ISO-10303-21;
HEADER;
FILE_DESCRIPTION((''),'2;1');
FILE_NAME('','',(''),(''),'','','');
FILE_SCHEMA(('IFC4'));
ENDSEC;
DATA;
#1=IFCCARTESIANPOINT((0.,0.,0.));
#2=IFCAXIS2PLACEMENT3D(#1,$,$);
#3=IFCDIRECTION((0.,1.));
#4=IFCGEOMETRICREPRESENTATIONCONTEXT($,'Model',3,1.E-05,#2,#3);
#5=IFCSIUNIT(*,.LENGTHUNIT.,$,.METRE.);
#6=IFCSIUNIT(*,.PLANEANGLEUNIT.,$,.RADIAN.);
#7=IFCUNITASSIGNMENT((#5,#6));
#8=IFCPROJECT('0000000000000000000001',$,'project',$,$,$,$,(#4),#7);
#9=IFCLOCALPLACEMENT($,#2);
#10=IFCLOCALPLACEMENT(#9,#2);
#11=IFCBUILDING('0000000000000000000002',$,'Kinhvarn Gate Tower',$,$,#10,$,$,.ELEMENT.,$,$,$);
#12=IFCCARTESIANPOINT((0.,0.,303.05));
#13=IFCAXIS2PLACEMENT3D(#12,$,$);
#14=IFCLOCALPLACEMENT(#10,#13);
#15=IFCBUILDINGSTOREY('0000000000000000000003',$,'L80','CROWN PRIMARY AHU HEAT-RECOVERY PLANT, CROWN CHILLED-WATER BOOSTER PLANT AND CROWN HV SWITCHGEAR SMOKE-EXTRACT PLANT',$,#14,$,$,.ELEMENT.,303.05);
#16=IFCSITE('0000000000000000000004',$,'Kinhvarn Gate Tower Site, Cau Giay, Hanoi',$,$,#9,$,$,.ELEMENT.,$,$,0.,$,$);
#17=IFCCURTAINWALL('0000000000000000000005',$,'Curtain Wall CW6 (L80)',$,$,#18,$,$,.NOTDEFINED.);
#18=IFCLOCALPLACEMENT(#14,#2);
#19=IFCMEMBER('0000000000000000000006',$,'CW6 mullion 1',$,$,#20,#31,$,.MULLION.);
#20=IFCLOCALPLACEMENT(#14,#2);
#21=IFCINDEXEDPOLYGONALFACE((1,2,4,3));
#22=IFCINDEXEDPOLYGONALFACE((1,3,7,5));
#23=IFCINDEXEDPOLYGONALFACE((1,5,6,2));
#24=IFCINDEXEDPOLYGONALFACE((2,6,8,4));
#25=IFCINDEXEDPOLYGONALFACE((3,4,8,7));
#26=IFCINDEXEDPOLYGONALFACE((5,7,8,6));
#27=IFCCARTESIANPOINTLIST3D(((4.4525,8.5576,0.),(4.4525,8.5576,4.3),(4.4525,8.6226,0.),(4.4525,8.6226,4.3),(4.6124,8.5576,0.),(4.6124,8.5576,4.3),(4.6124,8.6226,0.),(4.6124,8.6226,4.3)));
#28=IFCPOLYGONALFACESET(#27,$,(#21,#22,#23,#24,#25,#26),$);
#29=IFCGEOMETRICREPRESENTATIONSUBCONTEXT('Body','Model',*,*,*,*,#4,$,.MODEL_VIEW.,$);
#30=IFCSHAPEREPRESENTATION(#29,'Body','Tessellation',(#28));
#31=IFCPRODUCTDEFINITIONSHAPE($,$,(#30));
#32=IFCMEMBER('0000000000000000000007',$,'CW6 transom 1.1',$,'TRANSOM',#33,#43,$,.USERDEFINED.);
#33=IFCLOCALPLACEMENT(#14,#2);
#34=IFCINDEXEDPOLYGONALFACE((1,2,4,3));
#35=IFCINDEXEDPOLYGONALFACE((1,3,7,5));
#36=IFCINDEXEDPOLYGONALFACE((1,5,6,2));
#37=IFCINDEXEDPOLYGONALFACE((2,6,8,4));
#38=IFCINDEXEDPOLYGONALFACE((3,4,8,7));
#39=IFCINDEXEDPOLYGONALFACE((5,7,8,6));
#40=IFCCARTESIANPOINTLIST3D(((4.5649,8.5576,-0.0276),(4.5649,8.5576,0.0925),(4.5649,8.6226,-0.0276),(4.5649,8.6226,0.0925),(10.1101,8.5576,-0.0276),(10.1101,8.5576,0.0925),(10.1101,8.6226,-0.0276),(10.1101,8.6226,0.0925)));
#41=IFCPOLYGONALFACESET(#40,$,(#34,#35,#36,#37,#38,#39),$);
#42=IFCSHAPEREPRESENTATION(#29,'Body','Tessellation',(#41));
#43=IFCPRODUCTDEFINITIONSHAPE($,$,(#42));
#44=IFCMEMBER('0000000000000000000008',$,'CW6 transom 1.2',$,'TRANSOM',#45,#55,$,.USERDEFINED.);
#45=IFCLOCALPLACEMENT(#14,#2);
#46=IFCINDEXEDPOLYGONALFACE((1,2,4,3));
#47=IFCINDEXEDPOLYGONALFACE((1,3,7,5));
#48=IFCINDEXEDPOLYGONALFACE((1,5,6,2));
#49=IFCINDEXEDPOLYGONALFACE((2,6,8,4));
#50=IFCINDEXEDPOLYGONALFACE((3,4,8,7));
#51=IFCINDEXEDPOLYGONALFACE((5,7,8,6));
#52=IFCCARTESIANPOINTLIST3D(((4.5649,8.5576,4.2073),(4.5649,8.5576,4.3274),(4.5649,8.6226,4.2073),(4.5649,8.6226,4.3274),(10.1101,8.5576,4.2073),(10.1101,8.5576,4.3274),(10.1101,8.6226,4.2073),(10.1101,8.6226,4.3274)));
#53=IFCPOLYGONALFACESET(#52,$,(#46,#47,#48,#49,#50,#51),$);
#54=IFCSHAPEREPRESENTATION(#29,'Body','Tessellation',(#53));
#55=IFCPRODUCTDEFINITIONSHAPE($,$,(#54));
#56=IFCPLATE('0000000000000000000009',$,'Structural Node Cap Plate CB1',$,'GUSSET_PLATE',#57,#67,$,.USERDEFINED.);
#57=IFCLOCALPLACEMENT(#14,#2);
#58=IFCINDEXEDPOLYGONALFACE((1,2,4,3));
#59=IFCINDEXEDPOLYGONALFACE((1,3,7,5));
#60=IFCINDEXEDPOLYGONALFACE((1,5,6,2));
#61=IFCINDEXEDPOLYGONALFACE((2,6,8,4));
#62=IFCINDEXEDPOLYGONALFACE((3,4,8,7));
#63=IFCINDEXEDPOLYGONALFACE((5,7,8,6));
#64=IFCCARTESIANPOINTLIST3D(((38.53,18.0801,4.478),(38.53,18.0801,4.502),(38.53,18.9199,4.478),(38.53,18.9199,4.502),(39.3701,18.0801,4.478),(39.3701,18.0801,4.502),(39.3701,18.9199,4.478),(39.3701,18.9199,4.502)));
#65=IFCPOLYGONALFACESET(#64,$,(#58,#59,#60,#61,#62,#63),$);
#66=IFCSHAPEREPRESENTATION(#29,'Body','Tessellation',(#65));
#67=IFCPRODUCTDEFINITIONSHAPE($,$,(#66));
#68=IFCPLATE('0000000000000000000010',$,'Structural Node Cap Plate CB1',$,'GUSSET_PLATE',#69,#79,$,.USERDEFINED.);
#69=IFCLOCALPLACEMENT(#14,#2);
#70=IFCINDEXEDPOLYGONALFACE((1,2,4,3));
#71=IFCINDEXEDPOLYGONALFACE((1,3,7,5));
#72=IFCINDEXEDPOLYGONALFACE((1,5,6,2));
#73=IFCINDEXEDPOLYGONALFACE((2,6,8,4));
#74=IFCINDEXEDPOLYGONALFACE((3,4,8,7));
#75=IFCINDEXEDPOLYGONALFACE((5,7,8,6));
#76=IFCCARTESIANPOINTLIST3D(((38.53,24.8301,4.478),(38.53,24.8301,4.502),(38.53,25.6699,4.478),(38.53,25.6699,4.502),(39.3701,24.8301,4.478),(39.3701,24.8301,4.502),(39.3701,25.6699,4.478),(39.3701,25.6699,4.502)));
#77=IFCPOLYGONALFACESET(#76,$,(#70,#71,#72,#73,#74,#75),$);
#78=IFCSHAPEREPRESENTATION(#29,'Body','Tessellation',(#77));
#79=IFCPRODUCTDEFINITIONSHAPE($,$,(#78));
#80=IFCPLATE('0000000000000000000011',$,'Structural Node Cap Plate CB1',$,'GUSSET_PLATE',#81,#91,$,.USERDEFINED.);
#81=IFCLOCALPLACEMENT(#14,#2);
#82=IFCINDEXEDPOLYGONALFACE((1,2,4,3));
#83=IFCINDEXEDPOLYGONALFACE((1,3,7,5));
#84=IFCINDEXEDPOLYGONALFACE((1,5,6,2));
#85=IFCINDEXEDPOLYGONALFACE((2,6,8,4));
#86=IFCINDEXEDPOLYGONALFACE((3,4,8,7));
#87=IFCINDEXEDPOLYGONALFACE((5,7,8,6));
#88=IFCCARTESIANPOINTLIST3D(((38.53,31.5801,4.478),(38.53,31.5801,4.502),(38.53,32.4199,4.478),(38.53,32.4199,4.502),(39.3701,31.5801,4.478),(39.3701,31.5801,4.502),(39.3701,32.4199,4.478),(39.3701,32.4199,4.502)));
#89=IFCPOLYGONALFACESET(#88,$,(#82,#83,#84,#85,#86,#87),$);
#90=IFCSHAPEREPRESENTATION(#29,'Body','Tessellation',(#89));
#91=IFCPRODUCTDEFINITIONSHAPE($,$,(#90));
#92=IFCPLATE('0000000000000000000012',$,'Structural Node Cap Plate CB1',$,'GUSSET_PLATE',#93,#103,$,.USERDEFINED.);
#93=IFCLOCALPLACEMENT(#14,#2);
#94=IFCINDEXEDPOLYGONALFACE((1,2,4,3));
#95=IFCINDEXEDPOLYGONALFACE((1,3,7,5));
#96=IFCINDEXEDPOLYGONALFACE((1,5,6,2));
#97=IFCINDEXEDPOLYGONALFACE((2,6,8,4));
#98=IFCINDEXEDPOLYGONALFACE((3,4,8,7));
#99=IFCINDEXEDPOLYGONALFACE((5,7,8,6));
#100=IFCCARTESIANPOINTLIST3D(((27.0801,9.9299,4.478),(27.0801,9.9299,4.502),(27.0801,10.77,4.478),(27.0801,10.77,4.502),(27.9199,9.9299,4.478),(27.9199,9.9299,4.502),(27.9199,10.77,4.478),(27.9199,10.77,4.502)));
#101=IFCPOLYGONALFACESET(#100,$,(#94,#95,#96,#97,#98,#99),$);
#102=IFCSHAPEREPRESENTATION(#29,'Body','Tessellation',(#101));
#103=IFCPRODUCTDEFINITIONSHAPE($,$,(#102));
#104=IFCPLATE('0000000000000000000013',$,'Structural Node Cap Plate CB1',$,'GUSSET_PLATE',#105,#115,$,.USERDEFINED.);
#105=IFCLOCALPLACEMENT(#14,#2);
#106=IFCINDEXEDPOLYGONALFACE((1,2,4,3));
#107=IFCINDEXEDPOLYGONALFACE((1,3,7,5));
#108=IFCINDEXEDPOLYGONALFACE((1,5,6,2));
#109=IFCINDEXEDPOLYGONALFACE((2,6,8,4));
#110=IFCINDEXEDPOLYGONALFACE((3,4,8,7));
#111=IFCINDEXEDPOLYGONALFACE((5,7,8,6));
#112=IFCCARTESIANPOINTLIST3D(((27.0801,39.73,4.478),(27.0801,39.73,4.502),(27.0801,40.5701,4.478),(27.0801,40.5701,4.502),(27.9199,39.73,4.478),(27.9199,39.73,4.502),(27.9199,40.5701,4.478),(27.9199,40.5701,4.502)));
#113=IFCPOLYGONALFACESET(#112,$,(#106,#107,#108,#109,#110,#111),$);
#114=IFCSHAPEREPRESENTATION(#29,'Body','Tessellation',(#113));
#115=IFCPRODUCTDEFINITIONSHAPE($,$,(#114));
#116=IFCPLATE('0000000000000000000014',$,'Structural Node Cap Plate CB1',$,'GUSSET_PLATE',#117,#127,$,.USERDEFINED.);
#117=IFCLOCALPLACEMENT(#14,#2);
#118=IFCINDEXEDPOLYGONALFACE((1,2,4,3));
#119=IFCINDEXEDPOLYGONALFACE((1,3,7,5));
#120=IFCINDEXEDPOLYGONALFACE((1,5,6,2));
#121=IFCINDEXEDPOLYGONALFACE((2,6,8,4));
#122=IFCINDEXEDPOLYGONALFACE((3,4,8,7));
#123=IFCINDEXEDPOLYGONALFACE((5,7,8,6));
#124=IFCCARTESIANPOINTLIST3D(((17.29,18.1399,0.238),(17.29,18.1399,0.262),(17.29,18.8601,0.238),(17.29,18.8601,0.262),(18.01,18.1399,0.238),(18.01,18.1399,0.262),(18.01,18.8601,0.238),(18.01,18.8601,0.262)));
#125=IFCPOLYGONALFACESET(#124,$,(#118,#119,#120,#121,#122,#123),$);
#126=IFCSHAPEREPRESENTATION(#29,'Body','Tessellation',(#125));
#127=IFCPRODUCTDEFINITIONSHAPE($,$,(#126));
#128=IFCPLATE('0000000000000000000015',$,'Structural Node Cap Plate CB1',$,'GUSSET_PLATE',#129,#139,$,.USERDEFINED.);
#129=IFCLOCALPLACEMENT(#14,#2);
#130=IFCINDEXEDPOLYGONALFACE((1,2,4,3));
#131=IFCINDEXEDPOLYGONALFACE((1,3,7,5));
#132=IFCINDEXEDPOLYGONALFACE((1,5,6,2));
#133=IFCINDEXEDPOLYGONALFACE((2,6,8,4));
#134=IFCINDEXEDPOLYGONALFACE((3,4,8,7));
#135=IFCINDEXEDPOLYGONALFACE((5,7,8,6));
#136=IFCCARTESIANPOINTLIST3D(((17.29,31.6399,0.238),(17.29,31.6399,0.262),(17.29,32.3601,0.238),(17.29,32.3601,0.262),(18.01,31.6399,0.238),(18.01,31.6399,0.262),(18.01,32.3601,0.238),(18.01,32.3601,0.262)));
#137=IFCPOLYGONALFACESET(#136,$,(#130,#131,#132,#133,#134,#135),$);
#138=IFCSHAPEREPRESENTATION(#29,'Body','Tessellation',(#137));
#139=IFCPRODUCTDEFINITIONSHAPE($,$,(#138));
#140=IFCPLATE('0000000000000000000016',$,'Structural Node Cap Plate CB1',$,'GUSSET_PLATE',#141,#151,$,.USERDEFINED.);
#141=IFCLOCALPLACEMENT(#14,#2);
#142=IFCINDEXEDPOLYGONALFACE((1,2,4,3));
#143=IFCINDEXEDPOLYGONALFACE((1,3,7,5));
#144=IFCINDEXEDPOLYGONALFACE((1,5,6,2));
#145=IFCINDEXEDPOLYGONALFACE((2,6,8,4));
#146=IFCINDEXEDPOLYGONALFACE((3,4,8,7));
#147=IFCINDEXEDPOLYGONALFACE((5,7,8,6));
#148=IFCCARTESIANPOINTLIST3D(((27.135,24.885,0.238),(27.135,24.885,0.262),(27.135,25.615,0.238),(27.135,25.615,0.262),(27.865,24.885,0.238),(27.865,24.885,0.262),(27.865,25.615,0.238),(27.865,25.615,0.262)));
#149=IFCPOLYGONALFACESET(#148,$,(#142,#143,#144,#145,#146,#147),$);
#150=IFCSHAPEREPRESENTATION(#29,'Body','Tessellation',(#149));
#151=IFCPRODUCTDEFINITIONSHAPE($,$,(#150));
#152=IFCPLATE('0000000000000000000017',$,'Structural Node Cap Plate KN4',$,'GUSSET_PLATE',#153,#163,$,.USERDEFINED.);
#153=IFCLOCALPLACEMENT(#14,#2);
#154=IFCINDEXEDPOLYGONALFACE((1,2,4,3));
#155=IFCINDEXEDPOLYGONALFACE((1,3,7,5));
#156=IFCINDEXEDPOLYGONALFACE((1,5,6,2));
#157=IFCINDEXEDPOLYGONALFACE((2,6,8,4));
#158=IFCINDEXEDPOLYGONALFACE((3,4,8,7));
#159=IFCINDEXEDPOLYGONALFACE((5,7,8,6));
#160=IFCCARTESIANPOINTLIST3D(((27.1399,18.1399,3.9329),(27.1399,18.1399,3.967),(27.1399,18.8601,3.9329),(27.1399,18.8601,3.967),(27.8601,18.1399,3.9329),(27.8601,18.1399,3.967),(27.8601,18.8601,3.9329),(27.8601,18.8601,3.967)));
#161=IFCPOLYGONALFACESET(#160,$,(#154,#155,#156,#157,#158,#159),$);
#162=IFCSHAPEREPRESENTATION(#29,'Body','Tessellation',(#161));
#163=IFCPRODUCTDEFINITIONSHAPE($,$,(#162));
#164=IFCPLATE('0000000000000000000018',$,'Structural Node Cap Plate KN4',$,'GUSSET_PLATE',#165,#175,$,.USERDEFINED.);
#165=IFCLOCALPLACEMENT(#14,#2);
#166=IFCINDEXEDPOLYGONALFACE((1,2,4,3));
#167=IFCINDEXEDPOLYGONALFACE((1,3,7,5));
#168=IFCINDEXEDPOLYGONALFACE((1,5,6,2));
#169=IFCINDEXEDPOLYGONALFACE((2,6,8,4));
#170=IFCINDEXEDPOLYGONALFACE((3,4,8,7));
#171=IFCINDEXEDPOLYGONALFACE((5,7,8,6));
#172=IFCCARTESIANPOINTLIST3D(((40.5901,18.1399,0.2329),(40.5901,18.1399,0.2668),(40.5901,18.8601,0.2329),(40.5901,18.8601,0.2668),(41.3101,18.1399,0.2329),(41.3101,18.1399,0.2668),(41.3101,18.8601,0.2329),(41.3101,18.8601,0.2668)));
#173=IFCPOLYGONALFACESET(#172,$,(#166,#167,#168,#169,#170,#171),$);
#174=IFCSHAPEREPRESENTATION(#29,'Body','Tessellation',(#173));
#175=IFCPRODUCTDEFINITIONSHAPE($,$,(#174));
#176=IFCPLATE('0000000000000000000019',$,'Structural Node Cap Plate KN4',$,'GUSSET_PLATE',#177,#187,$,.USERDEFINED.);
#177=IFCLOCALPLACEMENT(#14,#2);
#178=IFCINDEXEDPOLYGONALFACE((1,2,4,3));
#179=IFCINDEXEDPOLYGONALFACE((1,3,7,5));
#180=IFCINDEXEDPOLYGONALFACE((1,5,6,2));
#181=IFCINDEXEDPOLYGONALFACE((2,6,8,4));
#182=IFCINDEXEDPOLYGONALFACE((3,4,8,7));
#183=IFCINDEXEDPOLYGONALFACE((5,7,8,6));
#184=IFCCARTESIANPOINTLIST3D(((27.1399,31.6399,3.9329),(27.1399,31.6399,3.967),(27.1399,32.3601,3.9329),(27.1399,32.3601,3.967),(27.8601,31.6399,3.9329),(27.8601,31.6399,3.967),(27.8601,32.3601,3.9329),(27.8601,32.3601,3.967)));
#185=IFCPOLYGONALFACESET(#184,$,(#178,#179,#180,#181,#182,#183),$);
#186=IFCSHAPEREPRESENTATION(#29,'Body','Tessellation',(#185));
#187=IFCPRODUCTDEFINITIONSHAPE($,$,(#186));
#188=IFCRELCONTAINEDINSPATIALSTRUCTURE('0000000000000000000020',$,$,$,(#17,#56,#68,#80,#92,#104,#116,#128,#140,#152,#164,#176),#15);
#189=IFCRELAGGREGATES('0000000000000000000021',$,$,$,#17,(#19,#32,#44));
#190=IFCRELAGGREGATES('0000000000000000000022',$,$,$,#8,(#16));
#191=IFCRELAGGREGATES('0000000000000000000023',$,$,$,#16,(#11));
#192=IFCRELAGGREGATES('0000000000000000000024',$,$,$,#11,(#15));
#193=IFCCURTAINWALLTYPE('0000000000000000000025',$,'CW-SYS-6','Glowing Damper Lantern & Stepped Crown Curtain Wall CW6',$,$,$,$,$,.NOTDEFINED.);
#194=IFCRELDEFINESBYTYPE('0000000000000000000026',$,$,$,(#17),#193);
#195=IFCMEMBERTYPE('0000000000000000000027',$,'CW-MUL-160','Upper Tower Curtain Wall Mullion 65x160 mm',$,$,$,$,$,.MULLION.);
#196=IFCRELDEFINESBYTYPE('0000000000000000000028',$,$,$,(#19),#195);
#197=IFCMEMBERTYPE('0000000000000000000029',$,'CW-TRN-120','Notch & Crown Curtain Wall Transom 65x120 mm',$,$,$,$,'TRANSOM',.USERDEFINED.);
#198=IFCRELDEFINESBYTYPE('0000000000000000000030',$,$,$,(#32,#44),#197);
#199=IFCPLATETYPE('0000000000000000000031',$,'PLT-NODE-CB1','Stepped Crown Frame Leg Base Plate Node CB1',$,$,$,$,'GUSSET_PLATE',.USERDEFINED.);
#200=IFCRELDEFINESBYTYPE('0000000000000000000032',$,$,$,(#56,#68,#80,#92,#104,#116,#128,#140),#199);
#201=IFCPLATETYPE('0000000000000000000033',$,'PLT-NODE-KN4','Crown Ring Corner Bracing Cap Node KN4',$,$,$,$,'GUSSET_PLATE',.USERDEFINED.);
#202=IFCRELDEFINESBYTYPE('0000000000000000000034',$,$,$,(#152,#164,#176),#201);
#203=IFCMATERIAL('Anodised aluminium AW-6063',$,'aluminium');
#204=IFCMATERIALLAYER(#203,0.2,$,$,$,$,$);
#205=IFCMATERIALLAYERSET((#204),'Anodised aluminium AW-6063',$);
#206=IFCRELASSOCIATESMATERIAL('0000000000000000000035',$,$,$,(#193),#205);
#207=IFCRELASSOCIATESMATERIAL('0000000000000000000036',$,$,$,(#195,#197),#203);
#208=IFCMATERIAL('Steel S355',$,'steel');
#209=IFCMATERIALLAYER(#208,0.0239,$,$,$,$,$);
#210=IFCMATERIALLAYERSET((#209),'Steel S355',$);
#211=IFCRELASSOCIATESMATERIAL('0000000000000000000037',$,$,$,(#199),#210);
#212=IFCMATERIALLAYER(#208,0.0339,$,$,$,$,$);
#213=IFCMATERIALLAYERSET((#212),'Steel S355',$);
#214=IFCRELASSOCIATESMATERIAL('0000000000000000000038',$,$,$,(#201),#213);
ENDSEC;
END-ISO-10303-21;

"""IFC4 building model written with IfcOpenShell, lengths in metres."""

from ifc_helpers import new_model, si_unit, direction, frame, origin, origin_2d, place, context, subcontext, project, spatial, polyline, rectangle, outline, extrude, material, layer, layer_set, material_profile, profile_set, type_object, element, aggregate, save


model = new_model("IFC4")

# Units and contexts
model_context = context("Model", 3, precision=1e-05, world=origin(), true_north=direction((0.0, 1.0)))
body_context = subcontext(model_context, "Body", "Model", "MODEL_VIEW")
ifc_project = project(units=[si_unit("LENGTHUNIT", "METRE"), si_unit("PLANEANGLEUNIT", "RADIAN")], contexts=[model_context])

# Site, building, storey
site_placement = place(None, origin())
site = spatial("IfcSite", under=ifc_project, at=site_placement, Name="Kinhvarn Gate Tower Site, Cau Giay, Hanoi", CompositionType="ELEMENT", RefElevation=0.0)
building_placement = place(site_placement, origin())
building = spatial("IfcBuilding", under=site, at=building_placement, Name="Kinhvarn Gate Tower", CompositionType="ELEMENT")
storey_placement = place(building_placement, frame((0.0, 0.0, 303.05)))
storey = spatial("IfcBuildingStorey", under=building, at=storey_placement, Name="L80", Description="CROWN PRIMARY AHU HEAT-RECOVERY PLANT, CROWN CHILLED-WATER BOOSTER PLANT AND CROWN HV SWITCHGEAR SMOKE-EXTRACT PLANT", CompositionType="ELEMENT", Elevation=303.05)

# Curtain wall, members
ifc_material_1 = material(Name="Anodised aluminium AW-6063", Category="aluminium")
ifc_layer_1 = layer(ifc_material_1, 0.2)
ifc_layer_set_1 = layer_set([ifc_layer_1], Name="Anodised aluminium AW-6063")
curtain_wall_type = type_object("IfcCurtainWallType", Name="CW-SYS-6", Description="Glowing Damper Lantern & Stepped Crown Curtain Wall CW6", PredefinedType="NOTDEFINED", material=ifc_layer_set_1)
curtain_wall_placement = place(storey_placement, origin())
curtain_wall = element("IfcCurtainWall", 1, at=curtain_wall_placement, inside=storey, type_object=curtain_wall_type, Name="Curtain Wall CW6 (L80)", PredefinedType="NOTDEFINED")
ifc_material_profile_1 = material_profile(ifc_material_1, rectangle(XDim=0.0649, YDim=0.1599, at=origin_2d()), Name="ALU 65x160")
ifc_profile_set_1 = profile_set([ifc_material_profile_1], Name="Anodised aluminium AW-6063")
member_type_1 = type_object("IfcMemberType", Name="CW-MUL-160", Description="Upper Tower Curtain Wall Mullion 65x160 mm", PredefinedType="MULLION", material=ifc_profile_set_1)
member_1_placement = place(storey_placement, frame((4.5325, 8.5901, 0.0), z_axis=(0.0, 0.0, 1.0), x_axis=(0.0, 1.0, 0.0)))
member_1 = element("IfcMember", 2, at=member_1_placement, type_object=member_type_1, Name="CW6 mullion 1", PredefinedType="MULLION", context=body_context, shape_type="SweptSolid", body=[
    extrude(rectangle(XDim=0.0649, YDim=0.1599, at=origin_2d()), origin(), (0.0, 0.0, 1.0), 4.3),
])
ifc_material_profile_2 = material_profile(ifc_material_1, rectangle(XDim=0.0649, YDim=0.1201, at=origin_2d()), Name="ALU 65x120")
ifc_profile_set_2 = profile_set([ifc_material_profile_2], Name="Anodised aluminium AW-6063")
member_type_2 = type_object("IfcMemberType", Name="CW-TRN-120", Description="Notch & Crown Curtain Wall Transom 65x120 mm", ElementType="TRANSOM", PredefinedType="USERDEFINED", material=ifc_profile_set_2)
member_2_placement = place(storey_placement, frame((4.5649, 8.5901, 0.0325), z_axis=(1.0, 0.0, 0.0), x_axis=(0.0, 1.0, 0.0)))
member_2 = element("IfcMember", 3, at=member_2_placement, type_object=member_type_2, Name="CW6 transom 1.1", ObjectType="TRANSOM", PredefinedType="USERDEFINED", context=body_context, shape_type="SweptSolid", body=[
    extrude(rectangle(XDim=0.0649, YDim=0.1201, at=origin_2d()), origin(), (0.0, 0.0, 1.0), 5.5452),
])
member_3_placement = place(storey_placement, frame((4.5649, 8.5901, 4.2673), z_axis=(1.0, 0.0, 0.0), x_axis=(0.0, 1.0, 0.0)))
member_3 = element("IfcMember", 4, at=member_3_placement, type_object=member_type_2, Name="CW6 transom 1.2", ObjectType="TRANSOM", PredefinedType="USERDEFINED", context=body_context, shape_type="SweptSolid", body=[
    extrude(rectangle(XDim=0.0649, YDim=0.1201, at=origin_2d()), origin(), (0.0, 0.0, 1.0), 5.5452),
])
aggregate(curtain_wall, [member_1, member_2, member_3])

# Plates
ifc_material_2 = material(Name="Steel S355", Category="steel")
ifc_layer_2 = layer(ifc_material_2, 0.0239)
ifc_layer_set_2 = layer_set([ifc_layer_2], Name="Steel S355")
plate_type_1 = type_object("IfcPlateType", Name="PLT-NODE-CB1", Description="Stepped Crown Frame Leg Base Plate Node CB1", ElementType="GUSSET_PLATE", PredefinedType="USERDEFINED", material=ifc_layer_set_2)
plate_1_placement = place(storey_placement, frame((0.0, 0.0, 4.478)))
element("IfcPlate", 5, at=plate_1_placement, inside=storey, type_object=plate_type_1, Name="Structural Node Cap Plate CB1", ObjectType="GUSSET_PLATE", PredefinedType="USERDEFINED", context=body_context, shape_type="SweptSolid", body=[
    extrude(outline(polyline([(38.53, 18.0801), (39.3701, 18.0801), (39.3701, 18.9199), (38.53, 18.9199), (38.53, 18.0801)])), origin(), (0.0, 0.0, 1.0), 0.0239),
])
plate_2_placement = place(storey_placement, frame((0.0, 0.0, 4.478)))
element("IfcPlate", 6, at=plate_2_placement, inside=storey, type_object=plate_type_1, Name="Structural Node Cap Plate CB1", ObjectType="GUSSET_PLATE", PredefinedType="USERDEFINED", context=body_context, shape_type="SweptSolid", body=[
    extrude(outline(polyline([(38.53, 24.8301), (39.3701, 24.8301), (39.3701, 25.6699), (38.53, 25.6699), (38.53, 24.8301)])), origin(), (0.0, 0.0, 1.0), 0.0239),
])
plate_3_placement = place(storey_placement, frame((0.0, 0.0, 4.478)))
element("IfcPlate", 7, at=plate_3_placement, inside=storey, type_object=plate_type_1, Name="Structural Node Cap Plate CB1", ObjectType="GUSSET_PLATE", PredefinedType="USERDEFINED", context=body_context, shape_type="SweptSolid", body=[
    extrude(outline(polyline([(38.53, 31.5801), (39.3701, 31.5801), (39.3701, 32.4199), (38.53, 32.4199), (38.53, 31.5801)])), origin(), (0.0, 0.0, 1.0), 0.0239),
])
plate_4_placement = place(storey_placement, frame((0.0, 0.0, 4.478)))
element("IfcPlate", 8, at=plate_4_placement, inside=storey, type_object=plate_type_1, Name="Structural Node Cap Plate CB1", ObjectType="GUSSET_PLATE", PredefinedType="USERDEFINED", context=body_context, shape_type="SweptSolid", body=[
    extrude(outline(polyline([(27.0801, 9.9299), (27.9199, 9.9299), (27.9199, 10.77), (27.0801, 10.77), (27.0801, 9.9299)])), origin(), (0.0, 0.0, 1.0), 0.0239),
])
plate_5_placement = place(storey_placement, frame((0.0, 0.0, 4.478)))
element("IfcPlate", 9, at=plate_5_placement, inside=storey, type_object=plate_type_1, Name="Structural Node Cap Plate CB1", ObjectType="GUSSET_PLATE", PredefinedType="USERDEFINED", context=body_context, shape_type="SweptSolid", body=[
    extrude(outline(polyline([(27.0801, 39.73), (27.9199, 39.73), (27.9199, 40.5701), (27.0801, 40.5701), (27.0801, 39.73)])), origin(), (0.0, 0.0, 1.0), 0.0239),
])
plate_6_placement = place(storey_placement, frame((0.0, 0.0, 0.238)))
element("IfcPlate", 10, at=plate_6_placement, inside=storey, type_object=plate_type_1, Name="Structural Node Cap Plate CB1", ObjectType="GUSSET_PLATE", PredefinedType="USERDEFINED", context=body_context, shape_type="SweptSolid", body=[
    extrude(outline(polyline([(17.29, 18.1399), (18.01, 18.1399), (18.01, 18.8601), (17.29, 18.8601), (17.29, 18.1399)])), origin(), (0.0, 0.0, 1.0), 0.0239),
])
plate_7_placement = place(storey_placement, frame((0.0, 0.0, 0.238)))
element("IfcPlate", 11, at=plate_7_placement, inside=storey, type_object=plate_type_1, Name="Structural Node Cap Plate CB1", ObjectType="GUSSET_PLATE", PredefinedType="USERDEFINED", context=body_context, shape_type="SweptSolid", body=[
    extrude(outline(polyline([(17.29, 31.6399), (18.01, 31.6399), (18.01, 32.3601), (17.29, 32.3601), (17.29, 31.6399)])), origin(), (0.0, 0.0, 1.0), 0.0239),
])
plate_8_placement = place(storey_placement, frame((0.0, 0.0, 0.238)))
element("IfcPlate", 12, at=plate_8_placement, inside=storey, type_object=plate_type_1, Name="Structural Node Cap Plate CB1", ObjectType="GUSSET_PLATE", PredefinedType="USERDEFINED", context=body_context, shape_type="SweptSolid", body=[
    extrude(outline(polyline([(27.135, 24.885), (27.865, 24.885), (27.865, 25.615), (27.135, 25.615), (27.135, 24.885)])), origin(), (0.0, 0.0, 1.0), 0.0239),
])
ifc_layer_3 = layer(ifc_material_2, 0.0339)
ifc_layer_set_3 = layer_set([ifc_layer_3], Name="Steel S355")
plate_type_2 = type_object("IfcPlateType", Name="PLT-NODE-KN4", Description="Crown Ring Corner Bracing Cap Node KN4", ElementType="GUSSET_PLATE", PredefinedType="USERDEFINED", material=ifc_layer_set_3)
plate_9_placement = place(storey_placement, frame((0.0, 0.0, 3.9329)))
element("IfcPlate", 13, at=plate_9_placement, inside=storey, type_object=plate_type_2, Name="Structural Node Cap Plate KN4", ObjectType="GUSSET_PLATE", PredefinedType="USERDEFINED", context=body_context, shape_type="SweptSolid", body=[
    extrude(outline(polyline([(27.1399, 18.1399), (27.8601, 18.1399), (27.8601, 18.8601), (27.1399, 18.8601), (27.1399, 18.1399)])), origin(), (0.0, 0.0, 1.0), 0.0342),
])
plate_10_placement = place(storey_placement, frame((0.0, 0.0, 0.2329)))
element("IfcPlate", 14, at=plate_10_placement, inside=storey, type_object=plate_type_2, Name="Structural Node Cap Plate KN4", ObjectType="GUSSET_PLATE", PredefinedType="USERDEFINED", context=body_context, shape_type="SweptSolid", body=[
    extrude(outline(polyline([(40.5901, 18.1399), (41.3101, 18.1399), (41.3101, 18.8601), (40.5901, 18.8601), (40.5901, 18.1399)])), origin(), (0.0, 0.0, 1.0), 0.0339),
])
plate_11_placement = place(storey_placement, frame((0.0, 0.0, 3.9329)))
element("IfcPlate", 15, at=plate_11_placement, inside=storey, type_object=plate_type_2, Name="Structural Node Cap Plate KN4", ObjectType="GUSSET_PLATE", PredefinedType="USERDEFINED", context=body_context, shape_type="SweptSolid", body=[
    extrude(outline(polyline([(27.1399, 31.6399), (27.8601, 31.6399), (27.8601, 32.3601), (27.1399, 32.3601), (27.1399, 31.6399)])), origin(), (0.0, 0.0, 1.0), 0.0342),
])

save(model, "model.ifc")
